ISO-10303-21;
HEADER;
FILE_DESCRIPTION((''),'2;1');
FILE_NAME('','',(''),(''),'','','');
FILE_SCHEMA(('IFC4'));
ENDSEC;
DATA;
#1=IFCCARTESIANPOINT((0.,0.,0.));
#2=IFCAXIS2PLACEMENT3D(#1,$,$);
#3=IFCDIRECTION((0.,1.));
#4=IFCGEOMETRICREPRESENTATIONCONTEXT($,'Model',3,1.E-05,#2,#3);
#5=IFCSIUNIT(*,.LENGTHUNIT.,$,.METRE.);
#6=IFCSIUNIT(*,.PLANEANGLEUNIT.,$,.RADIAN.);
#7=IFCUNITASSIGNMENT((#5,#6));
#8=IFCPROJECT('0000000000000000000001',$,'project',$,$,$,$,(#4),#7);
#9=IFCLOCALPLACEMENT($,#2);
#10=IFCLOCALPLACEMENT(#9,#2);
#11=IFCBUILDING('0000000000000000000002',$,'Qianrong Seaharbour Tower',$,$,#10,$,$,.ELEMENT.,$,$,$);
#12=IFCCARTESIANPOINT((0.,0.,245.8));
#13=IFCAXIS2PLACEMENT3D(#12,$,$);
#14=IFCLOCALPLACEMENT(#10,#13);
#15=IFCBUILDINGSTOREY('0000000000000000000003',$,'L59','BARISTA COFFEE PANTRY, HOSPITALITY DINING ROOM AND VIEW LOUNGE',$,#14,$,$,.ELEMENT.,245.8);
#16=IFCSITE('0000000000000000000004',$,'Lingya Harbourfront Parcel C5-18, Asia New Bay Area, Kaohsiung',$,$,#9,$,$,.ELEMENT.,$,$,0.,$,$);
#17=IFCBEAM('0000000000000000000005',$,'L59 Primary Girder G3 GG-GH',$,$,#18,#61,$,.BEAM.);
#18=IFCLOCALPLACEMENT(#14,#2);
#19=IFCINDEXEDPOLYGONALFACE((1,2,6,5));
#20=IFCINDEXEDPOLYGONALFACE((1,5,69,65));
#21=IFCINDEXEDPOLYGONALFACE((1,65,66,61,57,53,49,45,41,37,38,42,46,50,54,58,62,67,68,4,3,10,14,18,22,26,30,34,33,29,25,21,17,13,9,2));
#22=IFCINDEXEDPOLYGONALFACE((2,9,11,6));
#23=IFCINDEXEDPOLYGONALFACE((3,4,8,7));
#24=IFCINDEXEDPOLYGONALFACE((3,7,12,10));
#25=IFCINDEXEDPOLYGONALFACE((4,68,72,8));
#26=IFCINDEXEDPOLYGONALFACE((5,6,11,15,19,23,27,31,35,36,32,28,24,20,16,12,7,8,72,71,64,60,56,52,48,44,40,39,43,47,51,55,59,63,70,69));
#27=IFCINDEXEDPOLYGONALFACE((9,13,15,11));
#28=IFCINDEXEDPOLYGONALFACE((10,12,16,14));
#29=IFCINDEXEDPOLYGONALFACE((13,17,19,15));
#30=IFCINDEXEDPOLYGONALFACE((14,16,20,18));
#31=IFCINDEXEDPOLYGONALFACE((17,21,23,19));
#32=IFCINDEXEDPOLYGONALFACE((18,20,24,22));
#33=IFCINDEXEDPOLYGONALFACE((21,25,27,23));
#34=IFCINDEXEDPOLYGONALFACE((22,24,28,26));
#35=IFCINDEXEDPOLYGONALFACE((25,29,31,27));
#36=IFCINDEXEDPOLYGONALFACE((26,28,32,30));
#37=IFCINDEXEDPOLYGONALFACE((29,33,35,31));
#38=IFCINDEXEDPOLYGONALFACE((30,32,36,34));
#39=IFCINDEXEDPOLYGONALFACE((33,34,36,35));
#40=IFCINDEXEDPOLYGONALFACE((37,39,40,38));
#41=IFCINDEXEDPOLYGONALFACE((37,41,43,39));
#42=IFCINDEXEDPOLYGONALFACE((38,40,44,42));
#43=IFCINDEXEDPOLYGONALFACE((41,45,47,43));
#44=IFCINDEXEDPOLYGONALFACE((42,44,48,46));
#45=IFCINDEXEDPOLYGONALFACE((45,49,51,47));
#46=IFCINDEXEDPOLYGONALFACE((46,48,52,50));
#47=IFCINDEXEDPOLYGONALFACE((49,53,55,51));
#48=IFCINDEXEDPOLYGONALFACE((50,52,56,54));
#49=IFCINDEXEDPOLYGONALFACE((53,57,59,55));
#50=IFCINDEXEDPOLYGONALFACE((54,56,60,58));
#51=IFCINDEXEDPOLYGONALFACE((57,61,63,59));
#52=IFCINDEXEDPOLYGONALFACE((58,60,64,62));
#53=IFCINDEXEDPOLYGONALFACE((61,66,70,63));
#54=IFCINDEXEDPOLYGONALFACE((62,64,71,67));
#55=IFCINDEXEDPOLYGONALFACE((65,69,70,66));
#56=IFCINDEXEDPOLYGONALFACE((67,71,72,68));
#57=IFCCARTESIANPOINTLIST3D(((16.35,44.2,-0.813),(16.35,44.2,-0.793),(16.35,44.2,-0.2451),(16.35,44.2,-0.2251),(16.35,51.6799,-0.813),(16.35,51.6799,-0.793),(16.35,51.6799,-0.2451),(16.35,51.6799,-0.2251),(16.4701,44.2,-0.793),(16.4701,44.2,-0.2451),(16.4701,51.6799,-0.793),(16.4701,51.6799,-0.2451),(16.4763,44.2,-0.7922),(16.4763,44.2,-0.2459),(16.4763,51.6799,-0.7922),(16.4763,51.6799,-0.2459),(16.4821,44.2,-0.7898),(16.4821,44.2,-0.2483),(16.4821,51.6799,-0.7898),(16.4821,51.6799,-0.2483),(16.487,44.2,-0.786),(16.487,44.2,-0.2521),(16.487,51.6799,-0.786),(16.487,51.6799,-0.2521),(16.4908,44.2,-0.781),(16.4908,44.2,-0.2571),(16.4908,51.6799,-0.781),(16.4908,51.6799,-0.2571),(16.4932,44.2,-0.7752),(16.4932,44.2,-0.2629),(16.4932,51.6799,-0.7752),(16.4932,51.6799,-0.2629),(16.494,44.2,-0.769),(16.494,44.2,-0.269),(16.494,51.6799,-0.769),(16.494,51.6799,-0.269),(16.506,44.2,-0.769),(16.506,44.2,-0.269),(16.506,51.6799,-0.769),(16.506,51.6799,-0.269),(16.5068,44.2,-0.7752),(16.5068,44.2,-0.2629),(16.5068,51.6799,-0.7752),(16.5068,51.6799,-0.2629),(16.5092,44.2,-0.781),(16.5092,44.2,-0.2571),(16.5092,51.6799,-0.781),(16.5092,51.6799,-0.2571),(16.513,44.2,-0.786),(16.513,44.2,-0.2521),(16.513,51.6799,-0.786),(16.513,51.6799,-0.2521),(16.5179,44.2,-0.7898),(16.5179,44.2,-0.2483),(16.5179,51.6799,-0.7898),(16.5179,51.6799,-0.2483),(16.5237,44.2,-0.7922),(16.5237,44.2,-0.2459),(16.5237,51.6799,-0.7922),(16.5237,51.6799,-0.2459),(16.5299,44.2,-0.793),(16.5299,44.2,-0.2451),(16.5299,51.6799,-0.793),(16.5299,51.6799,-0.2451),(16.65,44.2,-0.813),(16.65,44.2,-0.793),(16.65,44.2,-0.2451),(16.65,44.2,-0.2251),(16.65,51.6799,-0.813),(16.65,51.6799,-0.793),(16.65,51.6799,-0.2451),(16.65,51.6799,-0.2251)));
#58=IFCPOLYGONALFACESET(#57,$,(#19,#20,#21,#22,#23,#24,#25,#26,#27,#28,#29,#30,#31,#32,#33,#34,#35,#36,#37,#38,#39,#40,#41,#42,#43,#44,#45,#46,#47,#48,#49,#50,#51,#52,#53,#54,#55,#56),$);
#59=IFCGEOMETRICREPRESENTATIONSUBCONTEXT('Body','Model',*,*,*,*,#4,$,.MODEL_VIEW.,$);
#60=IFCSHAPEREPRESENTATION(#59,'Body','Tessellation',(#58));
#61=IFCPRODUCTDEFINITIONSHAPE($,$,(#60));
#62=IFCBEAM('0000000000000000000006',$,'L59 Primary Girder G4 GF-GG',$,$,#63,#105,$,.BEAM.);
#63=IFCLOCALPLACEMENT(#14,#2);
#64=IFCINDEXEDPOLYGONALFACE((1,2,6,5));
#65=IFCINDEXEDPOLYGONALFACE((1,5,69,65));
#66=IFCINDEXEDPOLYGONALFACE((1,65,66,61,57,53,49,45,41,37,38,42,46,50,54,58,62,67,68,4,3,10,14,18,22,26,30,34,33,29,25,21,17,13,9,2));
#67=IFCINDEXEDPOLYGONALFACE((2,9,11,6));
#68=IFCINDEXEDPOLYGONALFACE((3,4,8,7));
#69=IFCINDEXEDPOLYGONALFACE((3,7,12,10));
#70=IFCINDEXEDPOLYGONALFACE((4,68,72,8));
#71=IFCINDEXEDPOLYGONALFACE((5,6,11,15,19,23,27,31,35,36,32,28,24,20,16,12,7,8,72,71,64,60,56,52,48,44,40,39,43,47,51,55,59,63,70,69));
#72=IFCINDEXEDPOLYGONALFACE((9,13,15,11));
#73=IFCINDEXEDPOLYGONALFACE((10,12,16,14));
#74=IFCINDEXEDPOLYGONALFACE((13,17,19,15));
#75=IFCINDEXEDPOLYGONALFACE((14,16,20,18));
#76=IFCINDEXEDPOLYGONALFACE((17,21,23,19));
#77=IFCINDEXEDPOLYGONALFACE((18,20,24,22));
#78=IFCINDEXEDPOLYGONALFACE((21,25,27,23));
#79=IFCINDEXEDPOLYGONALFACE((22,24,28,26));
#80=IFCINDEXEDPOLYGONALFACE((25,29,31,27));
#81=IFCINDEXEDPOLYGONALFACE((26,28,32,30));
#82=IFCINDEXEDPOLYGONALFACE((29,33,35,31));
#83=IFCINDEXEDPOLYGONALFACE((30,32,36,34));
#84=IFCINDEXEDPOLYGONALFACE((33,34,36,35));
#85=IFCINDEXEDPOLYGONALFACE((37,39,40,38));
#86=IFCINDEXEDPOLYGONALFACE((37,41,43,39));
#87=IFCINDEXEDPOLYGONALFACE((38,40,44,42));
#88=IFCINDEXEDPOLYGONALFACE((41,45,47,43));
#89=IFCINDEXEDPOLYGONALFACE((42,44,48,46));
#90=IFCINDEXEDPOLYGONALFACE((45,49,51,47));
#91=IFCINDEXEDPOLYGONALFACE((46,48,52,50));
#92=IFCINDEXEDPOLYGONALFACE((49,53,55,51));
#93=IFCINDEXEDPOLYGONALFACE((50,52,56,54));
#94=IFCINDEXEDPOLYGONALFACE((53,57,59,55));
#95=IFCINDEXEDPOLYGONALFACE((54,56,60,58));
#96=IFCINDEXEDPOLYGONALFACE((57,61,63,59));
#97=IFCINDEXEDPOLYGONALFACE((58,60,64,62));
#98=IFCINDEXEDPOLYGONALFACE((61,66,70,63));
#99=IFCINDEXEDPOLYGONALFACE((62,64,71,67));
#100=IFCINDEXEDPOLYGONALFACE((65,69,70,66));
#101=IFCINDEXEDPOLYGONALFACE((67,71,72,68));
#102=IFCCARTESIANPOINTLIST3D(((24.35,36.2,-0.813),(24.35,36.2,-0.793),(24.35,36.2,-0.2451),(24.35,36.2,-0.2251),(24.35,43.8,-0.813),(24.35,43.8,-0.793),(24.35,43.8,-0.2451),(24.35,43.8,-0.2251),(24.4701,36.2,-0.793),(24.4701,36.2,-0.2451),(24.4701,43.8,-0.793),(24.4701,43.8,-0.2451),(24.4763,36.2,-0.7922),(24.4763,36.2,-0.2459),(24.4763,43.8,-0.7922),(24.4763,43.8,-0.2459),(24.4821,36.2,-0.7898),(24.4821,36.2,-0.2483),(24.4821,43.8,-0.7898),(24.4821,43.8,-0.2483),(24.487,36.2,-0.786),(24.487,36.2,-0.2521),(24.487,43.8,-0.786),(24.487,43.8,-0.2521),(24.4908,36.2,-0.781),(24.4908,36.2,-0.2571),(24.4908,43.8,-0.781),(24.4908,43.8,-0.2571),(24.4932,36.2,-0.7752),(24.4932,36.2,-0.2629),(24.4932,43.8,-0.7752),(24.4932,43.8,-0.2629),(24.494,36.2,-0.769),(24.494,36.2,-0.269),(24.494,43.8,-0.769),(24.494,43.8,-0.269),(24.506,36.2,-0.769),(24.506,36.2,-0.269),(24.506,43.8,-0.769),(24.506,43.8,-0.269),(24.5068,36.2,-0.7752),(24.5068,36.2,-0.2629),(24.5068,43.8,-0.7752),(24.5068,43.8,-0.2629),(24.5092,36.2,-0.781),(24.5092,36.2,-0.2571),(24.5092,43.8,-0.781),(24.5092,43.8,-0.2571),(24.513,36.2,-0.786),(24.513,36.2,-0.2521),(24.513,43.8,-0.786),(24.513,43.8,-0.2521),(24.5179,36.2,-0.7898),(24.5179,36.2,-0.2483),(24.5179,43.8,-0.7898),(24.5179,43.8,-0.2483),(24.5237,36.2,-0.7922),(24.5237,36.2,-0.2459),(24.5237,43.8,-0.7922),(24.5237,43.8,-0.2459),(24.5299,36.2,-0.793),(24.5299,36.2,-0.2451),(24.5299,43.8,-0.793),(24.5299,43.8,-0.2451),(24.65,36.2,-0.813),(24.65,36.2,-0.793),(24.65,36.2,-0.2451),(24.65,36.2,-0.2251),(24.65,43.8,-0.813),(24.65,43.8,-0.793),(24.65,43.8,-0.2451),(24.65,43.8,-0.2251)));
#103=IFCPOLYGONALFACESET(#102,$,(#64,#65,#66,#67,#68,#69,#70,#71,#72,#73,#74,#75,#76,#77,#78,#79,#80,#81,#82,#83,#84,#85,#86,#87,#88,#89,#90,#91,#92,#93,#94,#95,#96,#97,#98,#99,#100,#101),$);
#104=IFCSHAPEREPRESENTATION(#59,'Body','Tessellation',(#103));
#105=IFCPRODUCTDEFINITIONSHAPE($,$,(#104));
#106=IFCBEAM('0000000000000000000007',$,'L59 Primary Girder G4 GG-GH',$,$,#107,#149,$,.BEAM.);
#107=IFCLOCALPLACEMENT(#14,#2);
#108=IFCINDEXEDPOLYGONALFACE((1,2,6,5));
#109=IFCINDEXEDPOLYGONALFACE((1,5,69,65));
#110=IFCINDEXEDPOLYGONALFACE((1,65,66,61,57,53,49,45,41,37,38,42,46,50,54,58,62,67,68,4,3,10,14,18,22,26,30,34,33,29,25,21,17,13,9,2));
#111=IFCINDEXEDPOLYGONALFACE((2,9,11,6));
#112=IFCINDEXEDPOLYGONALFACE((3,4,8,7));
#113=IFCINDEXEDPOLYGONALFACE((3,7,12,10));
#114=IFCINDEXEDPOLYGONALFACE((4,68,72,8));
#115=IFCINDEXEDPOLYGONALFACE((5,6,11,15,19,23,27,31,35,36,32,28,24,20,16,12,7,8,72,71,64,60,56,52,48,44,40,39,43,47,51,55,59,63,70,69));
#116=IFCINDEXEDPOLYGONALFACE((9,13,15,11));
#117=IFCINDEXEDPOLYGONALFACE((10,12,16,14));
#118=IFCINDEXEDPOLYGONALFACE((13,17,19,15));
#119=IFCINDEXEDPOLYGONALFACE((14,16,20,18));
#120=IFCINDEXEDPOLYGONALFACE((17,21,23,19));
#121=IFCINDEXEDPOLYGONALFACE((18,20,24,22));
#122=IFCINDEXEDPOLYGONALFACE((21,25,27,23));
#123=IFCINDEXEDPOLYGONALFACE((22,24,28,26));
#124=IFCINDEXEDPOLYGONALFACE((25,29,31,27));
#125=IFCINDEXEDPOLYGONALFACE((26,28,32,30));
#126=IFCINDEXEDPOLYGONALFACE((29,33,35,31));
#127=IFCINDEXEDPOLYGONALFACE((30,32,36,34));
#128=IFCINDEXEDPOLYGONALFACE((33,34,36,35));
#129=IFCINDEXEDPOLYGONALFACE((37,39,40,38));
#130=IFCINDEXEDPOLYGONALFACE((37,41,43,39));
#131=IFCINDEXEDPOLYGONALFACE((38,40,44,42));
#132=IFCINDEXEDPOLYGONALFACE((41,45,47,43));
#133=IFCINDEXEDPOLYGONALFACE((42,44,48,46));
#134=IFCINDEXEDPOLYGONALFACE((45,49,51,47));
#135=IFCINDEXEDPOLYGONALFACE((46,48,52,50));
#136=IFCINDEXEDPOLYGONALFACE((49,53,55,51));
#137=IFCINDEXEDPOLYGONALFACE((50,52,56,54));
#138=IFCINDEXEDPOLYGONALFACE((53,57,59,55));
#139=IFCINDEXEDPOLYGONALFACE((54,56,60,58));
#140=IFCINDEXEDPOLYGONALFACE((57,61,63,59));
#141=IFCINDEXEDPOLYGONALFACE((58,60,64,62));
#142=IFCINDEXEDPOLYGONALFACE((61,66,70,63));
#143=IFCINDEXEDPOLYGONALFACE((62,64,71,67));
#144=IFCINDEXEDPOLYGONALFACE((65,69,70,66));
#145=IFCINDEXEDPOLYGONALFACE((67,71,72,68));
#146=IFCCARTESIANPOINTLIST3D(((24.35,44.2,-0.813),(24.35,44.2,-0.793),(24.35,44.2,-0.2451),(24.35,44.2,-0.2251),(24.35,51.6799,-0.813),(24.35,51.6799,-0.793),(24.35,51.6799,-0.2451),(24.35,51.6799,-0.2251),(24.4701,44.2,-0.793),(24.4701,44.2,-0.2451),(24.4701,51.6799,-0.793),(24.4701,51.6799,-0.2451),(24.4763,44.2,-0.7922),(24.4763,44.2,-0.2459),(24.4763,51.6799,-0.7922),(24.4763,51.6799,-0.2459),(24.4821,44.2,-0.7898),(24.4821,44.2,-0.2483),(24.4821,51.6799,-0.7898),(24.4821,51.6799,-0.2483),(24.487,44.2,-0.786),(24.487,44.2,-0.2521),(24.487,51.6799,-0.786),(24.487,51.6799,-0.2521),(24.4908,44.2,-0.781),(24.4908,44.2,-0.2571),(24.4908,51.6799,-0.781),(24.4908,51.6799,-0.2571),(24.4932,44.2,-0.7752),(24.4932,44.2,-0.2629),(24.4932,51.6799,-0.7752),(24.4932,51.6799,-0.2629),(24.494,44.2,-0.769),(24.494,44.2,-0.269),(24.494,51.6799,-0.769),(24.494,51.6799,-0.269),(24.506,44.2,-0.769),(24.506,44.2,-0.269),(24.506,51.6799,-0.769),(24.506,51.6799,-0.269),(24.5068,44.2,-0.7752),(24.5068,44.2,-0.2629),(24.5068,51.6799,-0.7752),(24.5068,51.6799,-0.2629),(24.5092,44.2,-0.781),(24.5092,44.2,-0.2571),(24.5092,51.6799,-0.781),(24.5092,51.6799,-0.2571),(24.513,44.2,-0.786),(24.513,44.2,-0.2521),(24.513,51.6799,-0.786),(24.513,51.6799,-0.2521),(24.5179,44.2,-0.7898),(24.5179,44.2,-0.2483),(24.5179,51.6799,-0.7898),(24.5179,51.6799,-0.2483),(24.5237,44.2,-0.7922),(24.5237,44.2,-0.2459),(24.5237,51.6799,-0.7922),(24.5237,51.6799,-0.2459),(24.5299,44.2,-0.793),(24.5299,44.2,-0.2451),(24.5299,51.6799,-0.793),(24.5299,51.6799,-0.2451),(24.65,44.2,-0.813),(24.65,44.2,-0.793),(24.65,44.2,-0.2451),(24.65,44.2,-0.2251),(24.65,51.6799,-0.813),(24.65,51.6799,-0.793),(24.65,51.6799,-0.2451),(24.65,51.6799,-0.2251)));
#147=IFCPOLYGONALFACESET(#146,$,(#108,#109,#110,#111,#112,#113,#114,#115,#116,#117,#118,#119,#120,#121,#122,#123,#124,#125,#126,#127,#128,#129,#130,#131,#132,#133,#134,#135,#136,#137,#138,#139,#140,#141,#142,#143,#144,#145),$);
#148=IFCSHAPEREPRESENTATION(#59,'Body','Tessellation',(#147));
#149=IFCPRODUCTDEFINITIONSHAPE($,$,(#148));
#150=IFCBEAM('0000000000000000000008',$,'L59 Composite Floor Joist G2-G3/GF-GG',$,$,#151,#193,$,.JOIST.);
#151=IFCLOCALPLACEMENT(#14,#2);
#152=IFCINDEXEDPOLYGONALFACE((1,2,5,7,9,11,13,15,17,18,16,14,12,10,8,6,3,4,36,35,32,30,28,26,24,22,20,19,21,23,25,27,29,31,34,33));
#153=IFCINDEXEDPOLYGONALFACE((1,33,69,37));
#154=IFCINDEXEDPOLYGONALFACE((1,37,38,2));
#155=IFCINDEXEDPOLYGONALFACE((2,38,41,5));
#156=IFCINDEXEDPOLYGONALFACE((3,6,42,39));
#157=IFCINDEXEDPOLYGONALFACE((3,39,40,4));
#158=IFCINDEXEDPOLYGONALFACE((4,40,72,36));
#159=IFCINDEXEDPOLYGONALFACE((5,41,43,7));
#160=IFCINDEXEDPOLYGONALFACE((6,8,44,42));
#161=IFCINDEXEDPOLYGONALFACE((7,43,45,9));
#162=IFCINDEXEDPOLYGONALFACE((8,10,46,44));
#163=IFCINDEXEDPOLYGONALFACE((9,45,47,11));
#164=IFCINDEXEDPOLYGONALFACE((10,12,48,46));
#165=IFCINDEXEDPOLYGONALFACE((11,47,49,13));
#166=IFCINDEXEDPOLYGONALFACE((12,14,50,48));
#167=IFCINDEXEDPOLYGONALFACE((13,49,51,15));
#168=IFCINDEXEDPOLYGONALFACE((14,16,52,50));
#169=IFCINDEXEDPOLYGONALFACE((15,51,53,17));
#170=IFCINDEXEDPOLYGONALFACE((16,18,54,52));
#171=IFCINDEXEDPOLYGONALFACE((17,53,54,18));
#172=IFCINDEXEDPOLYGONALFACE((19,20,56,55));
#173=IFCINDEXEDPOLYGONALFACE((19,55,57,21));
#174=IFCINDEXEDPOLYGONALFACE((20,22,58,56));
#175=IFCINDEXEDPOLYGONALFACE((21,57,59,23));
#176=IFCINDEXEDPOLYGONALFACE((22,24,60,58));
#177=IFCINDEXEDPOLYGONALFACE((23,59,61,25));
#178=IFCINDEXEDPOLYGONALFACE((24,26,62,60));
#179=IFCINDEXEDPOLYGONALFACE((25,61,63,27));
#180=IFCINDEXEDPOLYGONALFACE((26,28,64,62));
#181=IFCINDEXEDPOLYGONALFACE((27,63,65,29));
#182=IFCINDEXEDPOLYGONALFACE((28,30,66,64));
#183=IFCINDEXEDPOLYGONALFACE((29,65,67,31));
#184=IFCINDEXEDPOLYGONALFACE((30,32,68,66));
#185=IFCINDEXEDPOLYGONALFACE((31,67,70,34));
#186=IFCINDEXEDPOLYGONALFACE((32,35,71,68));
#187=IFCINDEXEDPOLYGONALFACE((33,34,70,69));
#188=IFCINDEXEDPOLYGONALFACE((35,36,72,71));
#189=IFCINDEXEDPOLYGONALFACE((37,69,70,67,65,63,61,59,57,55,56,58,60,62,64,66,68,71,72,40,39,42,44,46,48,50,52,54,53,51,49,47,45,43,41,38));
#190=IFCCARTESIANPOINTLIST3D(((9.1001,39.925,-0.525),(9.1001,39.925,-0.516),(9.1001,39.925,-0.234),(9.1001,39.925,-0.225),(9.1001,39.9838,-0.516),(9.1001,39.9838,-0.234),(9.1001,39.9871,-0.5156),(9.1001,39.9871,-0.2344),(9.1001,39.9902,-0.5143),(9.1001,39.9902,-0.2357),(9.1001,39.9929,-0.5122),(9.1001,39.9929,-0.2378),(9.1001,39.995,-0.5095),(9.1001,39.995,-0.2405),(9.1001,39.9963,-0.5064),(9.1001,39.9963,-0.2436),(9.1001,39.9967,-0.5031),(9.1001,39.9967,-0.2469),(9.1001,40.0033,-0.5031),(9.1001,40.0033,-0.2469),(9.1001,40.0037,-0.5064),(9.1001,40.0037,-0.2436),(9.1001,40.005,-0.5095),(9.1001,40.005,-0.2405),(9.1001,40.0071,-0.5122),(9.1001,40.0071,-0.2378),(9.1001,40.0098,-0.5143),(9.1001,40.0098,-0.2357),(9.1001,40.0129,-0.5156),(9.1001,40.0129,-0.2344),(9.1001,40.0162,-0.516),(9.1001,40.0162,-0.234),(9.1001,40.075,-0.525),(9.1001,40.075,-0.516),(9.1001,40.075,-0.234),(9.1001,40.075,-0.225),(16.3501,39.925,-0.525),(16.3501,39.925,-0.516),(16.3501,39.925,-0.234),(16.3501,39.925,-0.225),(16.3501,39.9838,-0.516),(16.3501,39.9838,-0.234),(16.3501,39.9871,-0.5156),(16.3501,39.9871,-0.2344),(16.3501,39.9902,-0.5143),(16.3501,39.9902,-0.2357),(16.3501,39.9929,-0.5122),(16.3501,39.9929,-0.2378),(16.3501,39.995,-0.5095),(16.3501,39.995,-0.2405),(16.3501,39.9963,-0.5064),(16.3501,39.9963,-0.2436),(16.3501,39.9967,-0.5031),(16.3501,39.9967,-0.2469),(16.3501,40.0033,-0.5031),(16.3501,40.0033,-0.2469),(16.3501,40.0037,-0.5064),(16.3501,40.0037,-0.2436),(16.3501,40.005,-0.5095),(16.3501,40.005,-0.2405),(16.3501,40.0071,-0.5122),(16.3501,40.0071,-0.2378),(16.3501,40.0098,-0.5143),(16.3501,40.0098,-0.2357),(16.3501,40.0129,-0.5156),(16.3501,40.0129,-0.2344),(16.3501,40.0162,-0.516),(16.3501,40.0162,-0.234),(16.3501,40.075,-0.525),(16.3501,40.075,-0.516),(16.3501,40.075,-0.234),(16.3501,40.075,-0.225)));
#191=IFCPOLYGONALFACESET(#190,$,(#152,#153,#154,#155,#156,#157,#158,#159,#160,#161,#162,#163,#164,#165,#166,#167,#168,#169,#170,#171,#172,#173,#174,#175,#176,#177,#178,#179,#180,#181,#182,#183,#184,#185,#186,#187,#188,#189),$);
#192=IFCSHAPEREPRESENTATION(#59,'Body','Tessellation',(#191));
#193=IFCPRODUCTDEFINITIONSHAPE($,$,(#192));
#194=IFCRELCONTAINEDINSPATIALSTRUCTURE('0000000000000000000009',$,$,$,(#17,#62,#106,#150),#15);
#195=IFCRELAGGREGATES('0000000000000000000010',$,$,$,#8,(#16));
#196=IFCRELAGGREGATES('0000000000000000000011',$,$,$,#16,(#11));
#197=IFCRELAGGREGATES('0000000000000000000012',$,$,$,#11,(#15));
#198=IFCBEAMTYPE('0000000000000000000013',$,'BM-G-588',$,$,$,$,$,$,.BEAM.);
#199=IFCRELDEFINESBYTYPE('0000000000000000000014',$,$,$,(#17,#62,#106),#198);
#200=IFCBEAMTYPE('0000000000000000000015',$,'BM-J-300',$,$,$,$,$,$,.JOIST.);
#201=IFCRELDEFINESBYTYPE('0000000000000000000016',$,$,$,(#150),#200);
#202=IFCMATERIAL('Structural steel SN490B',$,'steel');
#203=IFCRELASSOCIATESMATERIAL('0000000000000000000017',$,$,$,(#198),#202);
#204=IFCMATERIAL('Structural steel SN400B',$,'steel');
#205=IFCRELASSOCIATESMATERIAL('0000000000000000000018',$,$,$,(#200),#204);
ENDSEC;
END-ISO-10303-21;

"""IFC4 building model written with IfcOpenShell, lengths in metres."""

from ifc_helpers import new_model, si_unit, direction, frame, origin, origin_2d, place, context, subcontext, project, spatial, i_section, extrude, material, material_profile, profile_set, type_object, element, save


model = new_model("IFC4")

# Units and contexts
model_context = context("Model", 3, precision=1e-05, world=origin(), true_north=direction((0.0, 1.0)))
body_context = subcontext(model_context, "Body", "Model", "MODEL_VIEW")
ifc_project = project(units=[si_unit("LENGTHUNIT", "METRE"), si_unit("PLANEANGLEUNIT", "RADIAN")], contexts=[model_context])

# Site, building, storey
site_placement = place(None, origin())
site = spatial("IfcSite", under=ifc_project, at=site_placement, Name="Lingya Harbourfront Parcel C5-18, Asia New Bay Area, Kaohsiung", CompositionType="ELEMENT", RefElevation=0.0)
building_placement = place(site_placement, origin())
building = spatial("IfcBuilding", under=site, at=building_placement, Name="Qianrong Seaharbour Tower", CompositionType="ELEMENT")
storey_placement = place(building_placement, frame((0.0, 0.0, 245.8)))
storey = spatial("IfcBuildingStorey", under=building, at=storey_placement, Name="L59", Description="BARISTA COFFEE PANTRY, HOSPITALITY DINING ROOM AND VIEW LOUNGE", CompositionType="ELEMENT", Elevation=245.8)

# Shared definitions
ifc_material_1 = material(Name="Structural steel SN490B", Category="steel")

# Beams
ifc_material_profile_1 = material_profile(ifc_material_1, i_section(OverallWidth=0.3, OverallDepth=0.5879, WebThickness=0.012, FlangeThickness=0.02, FilletRadius=0.0239, at=origin_2d()), Name="H588x300x12x20")
ifc_profile_set_1 = profile_set([ifc_material_profile_1], Name="Structural steel SN490B")
beam_type_1 = type_object("IfcBeamType", Name="BM-G-588", PredefinedType="BEAM", material=ifc_profile_set_1)
beam_1_placement = place(storey_placement, frame((16.5, 44.2, -0.519), z_axis=(0.0, 1.0, 0.0), x_axis=(-1.0, 0.0, 0.0)))
element("IfcBeam", 1, at=beam_1_placement, inside=storey, type_object=beam_type_1, Name="L59 Primary Girder G3 GG-GH", PredefinedType="BEAM", context=body_context, shape_type="SweptSolid", body=[
    extrude(i_section(OverallWidth=0.3, OverallDepth=0.5879, WebThickness=0.012, FlangeThickness=0.02, FilletRadius=0.0239, at=origin_2d()), origin(), (0.0, 0.0, 1.0), 7.48),
])
beam_2_placement = place(storey_placement, frame((24.5, 36.2, -0.519), z_axis=(0.0, 1.0, 0.0), x_axis=(-1.0, 0.0, 0.0)))
element("IfcBeam", 2, at=beam_2_placement, inside=storey, type_object=beam_type_1, Name="L59 Primary Girder G4 GF-GG", PredefinedType="BEAM", context=body_context, shape_type="SweptSolid", body=[
    extrude(i_section(OverallWidth=0.3, OverallDepth=0.5879, WebThickness=0.012, FlangeThickness=0.02, FilletRadius=0.0239, at=origin_2d()), origin(), (0.0, 0.0, 1.0), 7.6001),
])
beam_3_placement = place(storey_placement, frame((24.5, 44.2, -0.519), z_axis=(0.0, 1.0, 0.0), x_axis=(-1.0, 0.0, 0.0)))
element("IfcBeam", 3, at=beam_3_placement, inside=storey, type_object=beam_type_1, Name="L59 Primary Girder G4 GG-GH", PredefinedType="BEAM", context=body_context, shape_type="SweptSolid", body=[
    extrude(i_section(OverallWidth=0.3, OverallDepth=0.5879, WebThickness=0.012, FlangeThickness=0.02, FilletRadius=0.0239, at=origin_2d()), origin(), (0.0, 0.0, 1.0), 7.48),
])
ifc_material_2 = material(Name="Structural steel SN400B", Category="steel")
ifc_material_profile_2 = material_profile(ifc_material_2, i_section(OverallWidth=0.1499, OverallDepth=0.3, WebThickness=0.0066, FlangeThickness=0.009, FilletRadius=0.0129, at=origin_2d()), Name="H300x150x6.5x9")
ifc_profile_set_2 = profile_set([ifc_material_profile_2], Name="Structural steel SN400B")
beam_type_2 = type_object("IfcBeamType", Name="BM-J-300", PredefinedType="JOIST", material=ifc_profile_set_2)
beam_4_placement = place(storey_placement, frame((9.1001, 40.0, -0.375), z_axis=(1.0, 0.0, 0.0), x_axis=(0.0, 1.0, 0.0)))
element("IfcBeam", 4, at=beam_4_placement, inside=storey, type_object=beam_type_2, Name="L59 Composite Floor Joist G2-G3/GF-GG", PredefinedType="JOIST", context=body_context, shape_type="SweptSolid", body=[
    extrude(i_section(OverallWidth=0.1499, OverallDepth=0.3, WebThickness=0.0066, FlangeThickness=0.009, FilletRadius=0.0129, at=origin_2d()), origin(), (0.0, 0.0, 1.0), 7.25),
])

save(model, "model.ifc")
